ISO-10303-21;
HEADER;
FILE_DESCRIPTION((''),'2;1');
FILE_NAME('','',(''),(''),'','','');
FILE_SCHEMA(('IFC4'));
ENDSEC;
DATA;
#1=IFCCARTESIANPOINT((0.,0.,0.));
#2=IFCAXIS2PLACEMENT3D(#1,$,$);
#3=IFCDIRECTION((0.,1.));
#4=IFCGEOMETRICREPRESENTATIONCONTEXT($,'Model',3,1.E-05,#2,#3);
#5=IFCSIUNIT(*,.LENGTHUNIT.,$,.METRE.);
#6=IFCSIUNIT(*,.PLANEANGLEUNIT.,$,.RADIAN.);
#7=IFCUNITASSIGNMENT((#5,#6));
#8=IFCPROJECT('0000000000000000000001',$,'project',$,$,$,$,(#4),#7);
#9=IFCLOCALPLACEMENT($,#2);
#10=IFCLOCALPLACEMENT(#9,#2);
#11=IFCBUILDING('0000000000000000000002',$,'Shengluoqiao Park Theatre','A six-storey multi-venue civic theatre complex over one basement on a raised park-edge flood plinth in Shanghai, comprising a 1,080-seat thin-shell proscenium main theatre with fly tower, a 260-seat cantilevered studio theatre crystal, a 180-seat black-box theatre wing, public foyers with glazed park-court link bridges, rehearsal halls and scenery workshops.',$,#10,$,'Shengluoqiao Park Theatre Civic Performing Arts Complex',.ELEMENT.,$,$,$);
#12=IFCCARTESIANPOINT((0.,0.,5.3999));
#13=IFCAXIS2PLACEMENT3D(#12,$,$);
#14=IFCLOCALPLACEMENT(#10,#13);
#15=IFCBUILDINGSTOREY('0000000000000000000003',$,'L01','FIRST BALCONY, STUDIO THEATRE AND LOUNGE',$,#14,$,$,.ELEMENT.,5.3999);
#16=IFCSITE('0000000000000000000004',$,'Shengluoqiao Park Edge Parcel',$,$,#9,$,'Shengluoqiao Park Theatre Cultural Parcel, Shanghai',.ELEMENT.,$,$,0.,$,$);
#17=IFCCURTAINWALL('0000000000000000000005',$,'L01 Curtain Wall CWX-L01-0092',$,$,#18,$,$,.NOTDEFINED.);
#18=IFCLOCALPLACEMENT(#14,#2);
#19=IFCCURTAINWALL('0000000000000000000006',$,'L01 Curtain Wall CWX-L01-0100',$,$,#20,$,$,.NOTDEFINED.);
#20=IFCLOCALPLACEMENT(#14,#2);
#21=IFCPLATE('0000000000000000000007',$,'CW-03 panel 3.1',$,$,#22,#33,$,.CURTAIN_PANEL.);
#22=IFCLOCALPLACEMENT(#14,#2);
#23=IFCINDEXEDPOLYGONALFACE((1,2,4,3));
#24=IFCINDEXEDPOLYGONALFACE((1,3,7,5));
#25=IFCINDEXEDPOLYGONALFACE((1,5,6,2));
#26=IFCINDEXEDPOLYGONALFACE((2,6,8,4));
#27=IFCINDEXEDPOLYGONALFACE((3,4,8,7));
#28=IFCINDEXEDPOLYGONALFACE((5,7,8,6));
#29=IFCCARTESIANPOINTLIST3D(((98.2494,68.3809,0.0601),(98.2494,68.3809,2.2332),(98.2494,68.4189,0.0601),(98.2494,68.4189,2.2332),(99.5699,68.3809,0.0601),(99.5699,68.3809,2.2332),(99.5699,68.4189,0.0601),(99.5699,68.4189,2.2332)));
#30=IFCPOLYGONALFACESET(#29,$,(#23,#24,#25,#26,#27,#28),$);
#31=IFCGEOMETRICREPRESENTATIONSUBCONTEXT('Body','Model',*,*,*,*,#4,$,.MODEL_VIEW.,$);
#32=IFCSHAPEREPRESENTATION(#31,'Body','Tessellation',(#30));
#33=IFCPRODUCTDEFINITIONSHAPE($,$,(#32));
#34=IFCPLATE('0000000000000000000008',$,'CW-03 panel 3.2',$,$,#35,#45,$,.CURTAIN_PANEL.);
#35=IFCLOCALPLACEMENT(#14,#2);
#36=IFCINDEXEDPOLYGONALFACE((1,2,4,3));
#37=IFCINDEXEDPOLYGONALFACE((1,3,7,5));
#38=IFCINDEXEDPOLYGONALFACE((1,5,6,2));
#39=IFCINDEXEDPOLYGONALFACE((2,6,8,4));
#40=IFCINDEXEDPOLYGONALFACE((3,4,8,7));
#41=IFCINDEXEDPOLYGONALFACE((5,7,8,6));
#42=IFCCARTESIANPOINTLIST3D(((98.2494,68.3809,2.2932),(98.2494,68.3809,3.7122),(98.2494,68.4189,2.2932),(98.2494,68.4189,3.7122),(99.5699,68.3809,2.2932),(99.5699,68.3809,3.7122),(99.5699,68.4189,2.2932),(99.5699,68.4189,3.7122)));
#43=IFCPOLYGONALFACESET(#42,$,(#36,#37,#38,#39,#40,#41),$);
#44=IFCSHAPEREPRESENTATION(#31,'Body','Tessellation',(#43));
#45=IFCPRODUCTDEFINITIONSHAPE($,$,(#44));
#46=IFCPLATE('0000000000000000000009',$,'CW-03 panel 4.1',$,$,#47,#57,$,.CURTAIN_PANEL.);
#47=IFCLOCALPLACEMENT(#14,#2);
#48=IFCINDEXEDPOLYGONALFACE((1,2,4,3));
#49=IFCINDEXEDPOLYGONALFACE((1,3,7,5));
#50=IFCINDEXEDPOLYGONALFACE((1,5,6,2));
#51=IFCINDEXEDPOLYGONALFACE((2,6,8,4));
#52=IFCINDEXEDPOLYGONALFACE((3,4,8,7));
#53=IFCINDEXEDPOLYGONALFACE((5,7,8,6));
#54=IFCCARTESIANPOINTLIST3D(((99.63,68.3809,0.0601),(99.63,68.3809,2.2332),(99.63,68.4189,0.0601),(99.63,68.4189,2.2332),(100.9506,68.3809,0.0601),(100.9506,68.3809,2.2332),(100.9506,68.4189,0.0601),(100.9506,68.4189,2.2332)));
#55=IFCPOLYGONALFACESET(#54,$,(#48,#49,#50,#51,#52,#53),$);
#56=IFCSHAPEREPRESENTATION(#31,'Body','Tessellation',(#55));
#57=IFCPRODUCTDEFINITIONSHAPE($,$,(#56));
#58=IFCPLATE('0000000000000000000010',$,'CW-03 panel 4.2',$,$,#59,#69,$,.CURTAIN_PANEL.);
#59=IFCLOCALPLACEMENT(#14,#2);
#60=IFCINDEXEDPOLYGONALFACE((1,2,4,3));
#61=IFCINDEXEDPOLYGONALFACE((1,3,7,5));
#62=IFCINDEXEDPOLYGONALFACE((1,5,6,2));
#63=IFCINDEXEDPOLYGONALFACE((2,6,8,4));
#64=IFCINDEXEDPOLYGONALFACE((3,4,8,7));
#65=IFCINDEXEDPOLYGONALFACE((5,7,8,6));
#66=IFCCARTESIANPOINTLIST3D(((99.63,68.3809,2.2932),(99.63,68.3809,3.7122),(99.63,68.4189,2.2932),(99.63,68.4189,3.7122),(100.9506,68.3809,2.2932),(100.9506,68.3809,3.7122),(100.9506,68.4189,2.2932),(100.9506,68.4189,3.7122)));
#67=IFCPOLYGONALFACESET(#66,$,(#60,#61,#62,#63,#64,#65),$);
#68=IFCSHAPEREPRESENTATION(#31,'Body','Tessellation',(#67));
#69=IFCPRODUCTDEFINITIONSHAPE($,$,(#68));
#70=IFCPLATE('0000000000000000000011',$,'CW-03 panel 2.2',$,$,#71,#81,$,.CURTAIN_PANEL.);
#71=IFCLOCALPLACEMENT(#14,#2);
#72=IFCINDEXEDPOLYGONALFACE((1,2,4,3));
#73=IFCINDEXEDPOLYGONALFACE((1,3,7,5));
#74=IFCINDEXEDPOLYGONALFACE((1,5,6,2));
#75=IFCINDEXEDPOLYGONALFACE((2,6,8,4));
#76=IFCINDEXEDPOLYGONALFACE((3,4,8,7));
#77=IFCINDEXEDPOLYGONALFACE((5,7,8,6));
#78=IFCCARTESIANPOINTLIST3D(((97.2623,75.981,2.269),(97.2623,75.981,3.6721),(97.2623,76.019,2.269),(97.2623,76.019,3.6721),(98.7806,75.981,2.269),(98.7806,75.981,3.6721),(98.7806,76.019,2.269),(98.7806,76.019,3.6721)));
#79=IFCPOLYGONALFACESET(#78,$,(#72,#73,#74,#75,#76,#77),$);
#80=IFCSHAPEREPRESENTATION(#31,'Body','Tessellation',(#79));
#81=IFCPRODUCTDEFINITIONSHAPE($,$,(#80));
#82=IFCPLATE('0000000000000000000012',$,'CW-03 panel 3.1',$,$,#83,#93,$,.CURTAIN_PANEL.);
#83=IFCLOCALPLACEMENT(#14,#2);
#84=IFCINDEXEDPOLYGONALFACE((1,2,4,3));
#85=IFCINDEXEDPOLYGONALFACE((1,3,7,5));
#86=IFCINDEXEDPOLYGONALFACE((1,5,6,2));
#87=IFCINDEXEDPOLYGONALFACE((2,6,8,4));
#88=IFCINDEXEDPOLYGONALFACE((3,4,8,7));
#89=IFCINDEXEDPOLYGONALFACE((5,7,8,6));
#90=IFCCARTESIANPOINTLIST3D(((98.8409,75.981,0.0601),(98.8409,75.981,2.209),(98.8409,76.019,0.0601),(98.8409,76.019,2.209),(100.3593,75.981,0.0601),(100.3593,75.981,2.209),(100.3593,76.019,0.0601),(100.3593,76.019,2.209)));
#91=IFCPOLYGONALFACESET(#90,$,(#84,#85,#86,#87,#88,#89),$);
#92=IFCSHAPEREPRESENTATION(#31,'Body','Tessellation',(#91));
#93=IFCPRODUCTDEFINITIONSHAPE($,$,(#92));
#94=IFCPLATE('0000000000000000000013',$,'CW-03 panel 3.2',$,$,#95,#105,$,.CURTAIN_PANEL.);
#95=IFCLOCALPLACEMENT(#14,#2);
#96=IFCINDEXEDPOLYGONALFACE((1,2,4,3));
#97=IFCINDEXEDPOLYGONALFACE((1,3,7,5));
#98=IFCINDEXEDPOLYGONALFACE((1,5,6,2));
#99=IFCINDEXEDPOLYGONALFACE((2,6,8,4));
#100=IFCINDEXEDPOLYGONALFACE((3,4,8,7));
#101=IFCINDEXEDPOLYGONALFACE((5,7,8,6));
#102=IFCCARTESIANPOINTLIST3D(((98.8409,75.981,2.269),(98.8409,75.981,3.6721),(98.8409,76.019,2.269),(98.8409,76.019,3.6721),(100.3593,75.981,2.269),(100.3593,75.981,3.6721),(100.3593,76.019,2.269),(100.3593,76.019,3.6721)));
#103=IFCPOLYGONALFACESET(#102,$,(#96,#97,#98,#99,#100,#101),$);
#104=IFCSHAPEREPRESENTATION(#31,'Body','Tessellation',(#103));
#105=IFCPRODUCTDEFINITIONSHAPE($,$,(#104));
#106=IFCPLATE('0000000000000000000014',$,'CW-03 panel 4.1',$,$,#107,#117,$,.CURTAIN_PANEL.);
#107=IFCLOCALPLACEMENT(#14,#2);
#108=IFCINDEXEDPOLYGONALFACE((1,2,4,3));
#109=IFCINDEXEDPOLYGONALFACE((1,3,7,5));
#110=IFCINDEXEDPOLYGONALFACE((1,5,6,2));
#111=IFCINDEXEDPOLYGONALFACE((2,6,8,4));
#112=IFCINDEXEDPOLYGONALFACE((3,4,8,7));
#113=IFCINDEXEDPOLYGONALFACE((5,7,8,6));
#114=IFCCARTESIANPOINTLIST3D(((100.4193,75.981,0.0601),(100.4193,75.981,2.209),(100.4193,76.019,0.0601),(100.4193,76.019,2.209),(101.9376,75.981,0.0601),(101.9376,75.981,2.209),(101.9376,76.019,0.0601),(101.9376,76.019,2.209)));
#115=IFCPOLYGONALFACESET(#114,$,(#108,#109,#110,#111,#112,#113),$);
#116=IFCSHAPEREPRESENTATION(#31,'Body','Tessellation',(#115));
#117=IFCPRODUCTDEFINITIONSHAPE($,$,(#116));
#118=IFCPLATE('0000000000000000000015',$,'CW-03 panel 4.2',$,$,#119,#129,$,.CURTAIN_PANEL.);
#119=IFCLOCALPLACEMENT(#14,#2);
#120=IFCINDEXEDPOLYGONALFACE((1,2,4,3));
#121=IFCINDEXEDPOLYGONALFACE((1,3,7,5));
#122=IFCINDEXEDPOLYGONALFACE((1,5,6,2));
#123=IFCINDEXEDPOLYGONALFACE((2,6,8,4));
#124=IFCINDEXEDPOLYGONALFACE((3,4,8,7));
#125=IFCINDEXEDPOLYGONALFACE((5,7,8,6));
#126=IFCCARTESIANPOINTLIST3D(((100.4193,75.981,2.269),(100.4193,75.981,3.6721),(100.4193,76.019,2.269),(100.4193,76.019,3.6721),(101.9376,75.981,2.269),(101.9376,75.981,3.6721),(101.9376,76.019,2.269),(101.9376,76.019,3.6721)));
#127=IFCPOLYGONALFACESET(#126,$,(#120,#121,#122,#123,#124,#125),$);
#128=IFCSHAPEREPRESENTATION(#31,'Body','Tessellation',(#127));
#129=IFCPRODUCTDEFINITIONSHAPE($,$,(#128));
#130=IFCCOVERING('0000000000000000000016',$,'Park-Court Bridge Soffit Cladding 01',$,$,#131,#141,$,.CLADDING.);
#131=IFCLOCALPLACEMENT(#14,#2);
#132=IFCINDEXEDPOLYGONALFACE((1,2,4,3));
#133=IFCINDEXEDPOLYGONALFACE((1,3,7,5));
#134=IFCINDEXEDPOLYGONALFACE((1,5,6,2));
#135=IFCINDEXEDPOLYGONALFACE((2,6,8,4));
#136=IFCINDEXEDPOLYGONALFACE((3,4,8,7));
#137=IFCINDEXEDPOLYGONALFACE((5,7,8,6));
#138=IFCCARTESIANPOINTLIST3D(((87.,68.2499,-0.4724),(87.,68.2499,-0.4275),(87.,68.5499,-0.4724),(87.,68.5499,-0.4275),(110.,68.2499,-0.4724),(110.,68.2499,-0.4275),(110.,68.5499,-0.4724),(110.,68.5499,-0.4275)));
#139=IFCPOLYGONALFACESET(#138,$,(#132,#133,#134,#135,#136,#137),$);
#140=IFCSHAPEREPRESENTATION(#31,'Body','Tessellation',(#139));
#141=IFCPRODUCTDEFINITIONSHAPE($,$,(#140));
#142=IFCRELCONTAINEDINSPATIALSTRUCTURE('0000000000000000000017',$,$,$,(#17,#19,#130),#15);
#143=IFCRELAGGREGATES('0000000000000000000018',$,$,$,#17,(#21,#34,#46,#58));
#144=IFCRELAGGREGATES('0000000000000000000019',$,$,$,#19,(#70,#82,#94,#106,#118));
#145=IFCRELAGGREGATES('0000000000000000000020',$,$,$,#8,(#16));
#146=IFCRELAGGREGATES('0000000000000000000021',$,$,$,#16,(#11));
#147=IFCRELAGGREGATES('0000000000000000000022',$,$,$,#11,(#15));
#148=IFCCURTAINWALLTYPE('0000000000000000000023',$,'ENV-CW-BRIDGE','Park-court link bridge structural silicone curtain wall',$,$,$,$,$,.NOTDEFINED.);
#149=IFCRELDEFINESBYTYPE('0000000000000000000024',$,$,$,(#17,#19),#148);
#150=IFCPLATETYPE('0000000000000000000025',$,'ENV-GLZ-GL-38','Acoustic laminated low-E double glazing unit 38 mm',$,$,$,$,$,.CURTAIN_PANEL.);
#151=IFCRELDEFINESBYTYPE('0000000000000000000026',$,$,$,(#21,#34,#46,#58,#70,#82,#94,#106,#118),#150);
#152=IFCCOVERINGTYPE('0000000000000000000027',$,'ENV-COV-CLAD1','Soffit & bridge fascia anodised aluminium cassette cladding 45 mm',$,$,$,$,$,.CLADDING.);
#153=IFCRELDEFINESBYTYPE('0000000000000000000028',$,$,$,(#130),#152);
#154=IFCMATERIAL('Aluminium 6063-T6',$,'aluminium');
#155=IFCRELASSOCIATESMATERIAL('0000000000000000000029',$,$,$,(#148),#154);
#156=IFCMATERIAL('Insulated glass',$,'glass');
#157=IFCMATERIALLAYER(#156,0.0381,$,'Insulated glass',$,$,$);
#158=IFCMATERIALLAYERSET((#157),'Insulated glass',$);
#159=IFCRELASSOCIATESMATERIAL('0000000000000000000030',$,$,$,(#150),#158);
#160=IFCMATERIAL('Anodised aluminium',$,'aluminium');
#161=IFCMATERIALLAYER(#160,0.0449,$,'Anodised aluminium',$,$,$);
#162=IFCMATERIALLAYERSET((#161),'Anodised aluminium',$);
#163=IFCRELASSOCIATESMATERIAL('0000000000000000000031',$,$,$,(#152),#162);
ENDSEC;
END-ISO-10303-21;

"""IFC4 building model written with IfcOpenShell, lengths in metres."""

from ifc_helpers import new_model, si_unit, direction, frame, origin, origin_2d, place, context, subcontext, project, spatial, rectangle, extrude, material, layer, layer_set, type_object, element, aggregate, save


model = new_model("IFC4")

# Units and contexts
model_context = context("Model", 3, precision=1e-05, world=origin(), true_north=direction((0.0, 1.0)))
body_context = subcontext(model_context, "Body", "Model", "MODEL_VIEW")
ifc_project = project(units=[si_unit("LENGTHUNIT", "METRE"), si_unit("PLANEANGLEUNIT", "RADIAN")], contexts=[model_context])

# Site, building, storey
site_placement = place(None, origin())
site = spatial("IfcSite", under=ifc_project, at=site_placement, Name="Shengluoqiao Park Edge Parcel", LongName="Shengluoqiao Park Theatre Cultural Parcel, Shanghai", CompositionType="ELEMENT", RefElevation=0.0)
building_placement = place(site_placement, origin())
building = spatial("IfcBuilding", under=site, at=building_placement, Name="Shengluoqiao Park Theatre", Description="A six-storey multi-venue civic theatre complex over one basement on a raised park-edge flood plinth in Shanghai, comprising a 1,080-seat thin-shell proscenium main theatre with fly tower, a 260-seat cantilevered studio theatre crystal, a 180-seat black-box theatre wing, public foyers with glazed park-court link bridges, rehearsal halls and scenery workshops.", LongName="Shengluoqiao Park Theatre Civic Performing Arts Complex", CompositionType="ELEMENT")
storey_placement = place(building_placement, frame((0.0, 0.0, 5.3999)))
storey = spatial("IfcBuildingStorey", under=building, at=storey_placement, Name="L01", Description="FIRST BALCONY, STUDIO THEATRE AND LOUNGE", CompositionType="ELEMENT", Elevation=5.3999)

# Curtain walls
ifc_material_1 = material(Name="Aluminium 6063-T6", Category="aluminium")
curtain_wall_type = type_object("IfcCurtainWallType", Name="ENV-CW-BRIDGE", Description="Park-court link bridge structural silicone curtain wall", PredefinedType="NOTDEFINED", material=ifc_material_1)
curtain_wall_1_placement = place(storey_placement, origin())
curtain_wall_1 = element("IfcCurtainWall", 1, at=curtain_wall_1_placement, inside=storey, type_object=curtain_wall_type, Name="L01 Curtain Wall CWX-L01-0092", PredefinedType="NOTDEFINED")
curtain_wall_2_placement = place(storey_placement, origin())
curtain_wall_2 = element("IfcCurtainWall", 2, at=curtain_wall_2_placement, inside=storey, type_object=curtain_wall_type, Name="L01 Curtain Wall CWX-L01-0100", PredefinedType="NOTDEFINED")

# Plates
ifc_material_2 = material(Name="Insulated glass", Category="glass")
ifc_layer_1 = layer(ifc_material_2, 0.0381, Name="Insulated glass")
ifc_layer_set_1 = layer_set([ifc_layer_1], Name="Insulated glass")
plate_type = type_object("IfcPlateType", Name="ENV-GLZ-GL-38", Description="Acoustic laminated low-E double glazing unit 38 mm", PredefinedType="CURTAIN_PANEL", material=ifc_layer_set_1)
plate_1_placement = place(storey_placement, frame((98.9097, 68.3999, 0.0601), z_axis=(0.0, 0.0, 1.0), x_axis=(1.0, 0.0, 0.0)))
plate_1 = element("IfcPlate", 3, at=plate_1_placement, type_object=plate_type, Name="CW-03 panel 3.1", PredefinedType="CURTAIN_PANEL", context=body_context, shape_type="SweptSolid", body=[
    extrude(rectangle(XDim=1.3206, YDim=0.0381, at=origin_2d()), origin(), (0.0, 0.0, 1.0), 2.1731),
])
plate_2_placement = place(storey_placement, frame((98.9097, 68.3999, 2.2932), z_axis=(0.0, 0.0, 1.0), x_axis=(1.0, 0.0, 0.0)))
plate_2 = element("IfcPlate", 4, at=plate_2_placement, type_object=plate_type, Name="CW-03 panel 3.2", PredefinedType="CURTAIN_PANEL", context=body_context, shape_type="SweptSolid", body=[
    extrude(rectangle(XDim=1.3206, YDim=0.0381, at=origin_2d()), origin(), (0.0, 0.0, 1.0), 1.4189),
])
plate_3_placement = place(storey_placement, frame((100.2903, 68.3999, 0.0601), z_axis=(0.0, 0.0, 1.0), x_axis=(1.0, 0.0, 0.0)))
plate_3 = element("IfcPlate", 5, at=plate_3_placement, type_object=plate_type, Name="CW-03 panel 4.1", PredefinedType="CURTAIN_PANEL", context=body_context, shape_type="SweptSolid", body=[
    extrude(rectangle(XDim=1.3206, YDim=0.0381, at=origin_2d()), origin(), (0.0, 0.0, 1.0), 2.1731),
])
plate_4_placement = place(storey_placement, frame((100.2903, 68.3999, 2.2932), z_axis=(0.0, 0.0, 1.0), x_axis=(1.0, 0.0, 0.0)))
plate_4 = element("IfcPlate", 6, at=plate_4_placement, type_object=plate_type, Name="CW-03 panel 4.2", PredefinedType="CURTAIN_PANEL", context=body_context, shape_type="SweptSolid", body=[
    extrude(rectangle(XDim=1.3206, YDim=0.0381, at=origin_2d()), origin(), (0.0, 0.0, 1.0), 1.4189),
])
aggregate(curtain_wall_1, [plate_1, plate_2, plate_3, plate_4])
plate_5_placement = place(storey_placement, frame((98.0215, 76.0, 2.269), z_axis=(0.0, 0.0, 1.0), x_axis=(1.0, 0.0, 0.0)))
plate_5 = element("IfcPlate", 7, at=plate_5_placement, type_object=plate_type, Name="CW-03 panel 2.2", PredefinedType="CURTAIN_PANEL", context=body_context, shape_type="SweptSolid", body=[
    extrude(rectangle(XDim=1.5183, YDim=0.0381, at=origin_2d()), origin(), (0.0, 0.0, 1.0), 1.4031),
])
plate_6_placement = place(storey_placement, frame((99.6001, 76.0, 0.0601), z_axis=(0.0, 0.0, 1.0), x_axis=(1.0, 0.0, 0.0)))
plate_6 = element("IfcPlate", 8, at=plate_6_placement, type_object=plate_type, Name="CW-03 panel 3.1", PredefinedType="CURTAIN_PANEL", context=body_context, shape_type="SweptSolid", body=[
    extrude(rectangle(XDim=1.5183, YDim=0.0381, at=origin_2d()), origin(), (0.0, 0.0, 1.0), 2.1489),
])
plate_7_placement = place(storey_placement, frame((99.6001, 76.0, 2.269), z_axis=(0.0, 0.0, 1.0), x_axis=(1.0, 0.0, 0.0)))
plate_7 = element("IfcPlate", 9, at=plate_7_placement, type_object=plate_type, Name="CW-03 panel 3.2", PredefinedType="CURTAIN_PANEL", context=body_context, shape_type="SweptSolid", body=[
    extrude(rectangle(XDim=1.5183, YDim=0.0381, at=origin_2d()), origin(), (0.0, 0.0, 1.0), 1.4031),
])
plate_8_placement = place(storey_placement, frame((101.1785, 76.0, 0.0601), z_axis=(0.0, 0.0, 1.0), x_axis=(1.0, 0.0, 0.0)))
plate_8 = element("IfcPlate", 10, at=plate_8_placement, type_object=plate_type, Name="CW-03 panel 4.1", PredefinedType="CURTAIN_PANEL", context=body_context, shape_type="SweptSolid", body=[
    extrude(rectangle(XDim=1.5183, YDim=0.0381, at=origin_2d()), origin(), (0.0, 0.0, 1.0), 2.1489),
])
plate_9_placement = place(storey_placement, frame((101.1785, 76.0, 2.269), z_axis=(0.0, 0.0, 1.0), x_axis=(1.0, 0.0, 0.0)))
plate_9 = element("IfcPlate", 11, at=plate_9_placement, type_object=plate_type, Name="CW-03 panel 4.2", PredefinedType="CURTAIN_PANEL", context=body_context, shape_type="SweptSolid", body=[
    extrude(rectangle(XDim=1.5183, YDim=0.0381, at=origin_2d()), origin(), (0.0, 0.0, 1.0), 1.4031),
])
aggregate(curtain_wall_2, [plate_5, plate_6, plate_7, plate_8, plate_9])

# Covering
ifc_material_3 = material(Name="Anodised aluminium", Category="aluminium")
ifc_layer_2 = layer(ifc_material_3, 0.0449, Name="Anodised aluminium")
ifc_layer_set_2 = layer_set([ifc_layer_2], Name="Anodised aluminium")
covering_type = type_object("IfcCoveringType", Name="ENV-COV-CLAD1", Description="Soffit & bridge fascia anodised aluminium cassette cladding 45 mm", PredefinedType="CLADDING", material=ifc_layer_set_2)
covering_placement = place(storey_placement, frame((98.5, 68.3999, -0.4724), z_axis=(0.0, 0.0, 1.0), x_axis=(1.0, 0.0, 0.0)))
element("IfcCovering", 12, at=covering_placement, inside=storey, type_object=covering_type, Name="Park-Court Bridge Soffit Cladding 01", PredefinedType="CLADDING", context=body_context, shape_type="SweptSolid", body=[
    extrude(rectangle(XDim=23.0, YDim=0.3, at=origin_2d()), origin(), (0.0, 0.0, 1.0), 0.0449),
])

save(model, "model.ifc")
